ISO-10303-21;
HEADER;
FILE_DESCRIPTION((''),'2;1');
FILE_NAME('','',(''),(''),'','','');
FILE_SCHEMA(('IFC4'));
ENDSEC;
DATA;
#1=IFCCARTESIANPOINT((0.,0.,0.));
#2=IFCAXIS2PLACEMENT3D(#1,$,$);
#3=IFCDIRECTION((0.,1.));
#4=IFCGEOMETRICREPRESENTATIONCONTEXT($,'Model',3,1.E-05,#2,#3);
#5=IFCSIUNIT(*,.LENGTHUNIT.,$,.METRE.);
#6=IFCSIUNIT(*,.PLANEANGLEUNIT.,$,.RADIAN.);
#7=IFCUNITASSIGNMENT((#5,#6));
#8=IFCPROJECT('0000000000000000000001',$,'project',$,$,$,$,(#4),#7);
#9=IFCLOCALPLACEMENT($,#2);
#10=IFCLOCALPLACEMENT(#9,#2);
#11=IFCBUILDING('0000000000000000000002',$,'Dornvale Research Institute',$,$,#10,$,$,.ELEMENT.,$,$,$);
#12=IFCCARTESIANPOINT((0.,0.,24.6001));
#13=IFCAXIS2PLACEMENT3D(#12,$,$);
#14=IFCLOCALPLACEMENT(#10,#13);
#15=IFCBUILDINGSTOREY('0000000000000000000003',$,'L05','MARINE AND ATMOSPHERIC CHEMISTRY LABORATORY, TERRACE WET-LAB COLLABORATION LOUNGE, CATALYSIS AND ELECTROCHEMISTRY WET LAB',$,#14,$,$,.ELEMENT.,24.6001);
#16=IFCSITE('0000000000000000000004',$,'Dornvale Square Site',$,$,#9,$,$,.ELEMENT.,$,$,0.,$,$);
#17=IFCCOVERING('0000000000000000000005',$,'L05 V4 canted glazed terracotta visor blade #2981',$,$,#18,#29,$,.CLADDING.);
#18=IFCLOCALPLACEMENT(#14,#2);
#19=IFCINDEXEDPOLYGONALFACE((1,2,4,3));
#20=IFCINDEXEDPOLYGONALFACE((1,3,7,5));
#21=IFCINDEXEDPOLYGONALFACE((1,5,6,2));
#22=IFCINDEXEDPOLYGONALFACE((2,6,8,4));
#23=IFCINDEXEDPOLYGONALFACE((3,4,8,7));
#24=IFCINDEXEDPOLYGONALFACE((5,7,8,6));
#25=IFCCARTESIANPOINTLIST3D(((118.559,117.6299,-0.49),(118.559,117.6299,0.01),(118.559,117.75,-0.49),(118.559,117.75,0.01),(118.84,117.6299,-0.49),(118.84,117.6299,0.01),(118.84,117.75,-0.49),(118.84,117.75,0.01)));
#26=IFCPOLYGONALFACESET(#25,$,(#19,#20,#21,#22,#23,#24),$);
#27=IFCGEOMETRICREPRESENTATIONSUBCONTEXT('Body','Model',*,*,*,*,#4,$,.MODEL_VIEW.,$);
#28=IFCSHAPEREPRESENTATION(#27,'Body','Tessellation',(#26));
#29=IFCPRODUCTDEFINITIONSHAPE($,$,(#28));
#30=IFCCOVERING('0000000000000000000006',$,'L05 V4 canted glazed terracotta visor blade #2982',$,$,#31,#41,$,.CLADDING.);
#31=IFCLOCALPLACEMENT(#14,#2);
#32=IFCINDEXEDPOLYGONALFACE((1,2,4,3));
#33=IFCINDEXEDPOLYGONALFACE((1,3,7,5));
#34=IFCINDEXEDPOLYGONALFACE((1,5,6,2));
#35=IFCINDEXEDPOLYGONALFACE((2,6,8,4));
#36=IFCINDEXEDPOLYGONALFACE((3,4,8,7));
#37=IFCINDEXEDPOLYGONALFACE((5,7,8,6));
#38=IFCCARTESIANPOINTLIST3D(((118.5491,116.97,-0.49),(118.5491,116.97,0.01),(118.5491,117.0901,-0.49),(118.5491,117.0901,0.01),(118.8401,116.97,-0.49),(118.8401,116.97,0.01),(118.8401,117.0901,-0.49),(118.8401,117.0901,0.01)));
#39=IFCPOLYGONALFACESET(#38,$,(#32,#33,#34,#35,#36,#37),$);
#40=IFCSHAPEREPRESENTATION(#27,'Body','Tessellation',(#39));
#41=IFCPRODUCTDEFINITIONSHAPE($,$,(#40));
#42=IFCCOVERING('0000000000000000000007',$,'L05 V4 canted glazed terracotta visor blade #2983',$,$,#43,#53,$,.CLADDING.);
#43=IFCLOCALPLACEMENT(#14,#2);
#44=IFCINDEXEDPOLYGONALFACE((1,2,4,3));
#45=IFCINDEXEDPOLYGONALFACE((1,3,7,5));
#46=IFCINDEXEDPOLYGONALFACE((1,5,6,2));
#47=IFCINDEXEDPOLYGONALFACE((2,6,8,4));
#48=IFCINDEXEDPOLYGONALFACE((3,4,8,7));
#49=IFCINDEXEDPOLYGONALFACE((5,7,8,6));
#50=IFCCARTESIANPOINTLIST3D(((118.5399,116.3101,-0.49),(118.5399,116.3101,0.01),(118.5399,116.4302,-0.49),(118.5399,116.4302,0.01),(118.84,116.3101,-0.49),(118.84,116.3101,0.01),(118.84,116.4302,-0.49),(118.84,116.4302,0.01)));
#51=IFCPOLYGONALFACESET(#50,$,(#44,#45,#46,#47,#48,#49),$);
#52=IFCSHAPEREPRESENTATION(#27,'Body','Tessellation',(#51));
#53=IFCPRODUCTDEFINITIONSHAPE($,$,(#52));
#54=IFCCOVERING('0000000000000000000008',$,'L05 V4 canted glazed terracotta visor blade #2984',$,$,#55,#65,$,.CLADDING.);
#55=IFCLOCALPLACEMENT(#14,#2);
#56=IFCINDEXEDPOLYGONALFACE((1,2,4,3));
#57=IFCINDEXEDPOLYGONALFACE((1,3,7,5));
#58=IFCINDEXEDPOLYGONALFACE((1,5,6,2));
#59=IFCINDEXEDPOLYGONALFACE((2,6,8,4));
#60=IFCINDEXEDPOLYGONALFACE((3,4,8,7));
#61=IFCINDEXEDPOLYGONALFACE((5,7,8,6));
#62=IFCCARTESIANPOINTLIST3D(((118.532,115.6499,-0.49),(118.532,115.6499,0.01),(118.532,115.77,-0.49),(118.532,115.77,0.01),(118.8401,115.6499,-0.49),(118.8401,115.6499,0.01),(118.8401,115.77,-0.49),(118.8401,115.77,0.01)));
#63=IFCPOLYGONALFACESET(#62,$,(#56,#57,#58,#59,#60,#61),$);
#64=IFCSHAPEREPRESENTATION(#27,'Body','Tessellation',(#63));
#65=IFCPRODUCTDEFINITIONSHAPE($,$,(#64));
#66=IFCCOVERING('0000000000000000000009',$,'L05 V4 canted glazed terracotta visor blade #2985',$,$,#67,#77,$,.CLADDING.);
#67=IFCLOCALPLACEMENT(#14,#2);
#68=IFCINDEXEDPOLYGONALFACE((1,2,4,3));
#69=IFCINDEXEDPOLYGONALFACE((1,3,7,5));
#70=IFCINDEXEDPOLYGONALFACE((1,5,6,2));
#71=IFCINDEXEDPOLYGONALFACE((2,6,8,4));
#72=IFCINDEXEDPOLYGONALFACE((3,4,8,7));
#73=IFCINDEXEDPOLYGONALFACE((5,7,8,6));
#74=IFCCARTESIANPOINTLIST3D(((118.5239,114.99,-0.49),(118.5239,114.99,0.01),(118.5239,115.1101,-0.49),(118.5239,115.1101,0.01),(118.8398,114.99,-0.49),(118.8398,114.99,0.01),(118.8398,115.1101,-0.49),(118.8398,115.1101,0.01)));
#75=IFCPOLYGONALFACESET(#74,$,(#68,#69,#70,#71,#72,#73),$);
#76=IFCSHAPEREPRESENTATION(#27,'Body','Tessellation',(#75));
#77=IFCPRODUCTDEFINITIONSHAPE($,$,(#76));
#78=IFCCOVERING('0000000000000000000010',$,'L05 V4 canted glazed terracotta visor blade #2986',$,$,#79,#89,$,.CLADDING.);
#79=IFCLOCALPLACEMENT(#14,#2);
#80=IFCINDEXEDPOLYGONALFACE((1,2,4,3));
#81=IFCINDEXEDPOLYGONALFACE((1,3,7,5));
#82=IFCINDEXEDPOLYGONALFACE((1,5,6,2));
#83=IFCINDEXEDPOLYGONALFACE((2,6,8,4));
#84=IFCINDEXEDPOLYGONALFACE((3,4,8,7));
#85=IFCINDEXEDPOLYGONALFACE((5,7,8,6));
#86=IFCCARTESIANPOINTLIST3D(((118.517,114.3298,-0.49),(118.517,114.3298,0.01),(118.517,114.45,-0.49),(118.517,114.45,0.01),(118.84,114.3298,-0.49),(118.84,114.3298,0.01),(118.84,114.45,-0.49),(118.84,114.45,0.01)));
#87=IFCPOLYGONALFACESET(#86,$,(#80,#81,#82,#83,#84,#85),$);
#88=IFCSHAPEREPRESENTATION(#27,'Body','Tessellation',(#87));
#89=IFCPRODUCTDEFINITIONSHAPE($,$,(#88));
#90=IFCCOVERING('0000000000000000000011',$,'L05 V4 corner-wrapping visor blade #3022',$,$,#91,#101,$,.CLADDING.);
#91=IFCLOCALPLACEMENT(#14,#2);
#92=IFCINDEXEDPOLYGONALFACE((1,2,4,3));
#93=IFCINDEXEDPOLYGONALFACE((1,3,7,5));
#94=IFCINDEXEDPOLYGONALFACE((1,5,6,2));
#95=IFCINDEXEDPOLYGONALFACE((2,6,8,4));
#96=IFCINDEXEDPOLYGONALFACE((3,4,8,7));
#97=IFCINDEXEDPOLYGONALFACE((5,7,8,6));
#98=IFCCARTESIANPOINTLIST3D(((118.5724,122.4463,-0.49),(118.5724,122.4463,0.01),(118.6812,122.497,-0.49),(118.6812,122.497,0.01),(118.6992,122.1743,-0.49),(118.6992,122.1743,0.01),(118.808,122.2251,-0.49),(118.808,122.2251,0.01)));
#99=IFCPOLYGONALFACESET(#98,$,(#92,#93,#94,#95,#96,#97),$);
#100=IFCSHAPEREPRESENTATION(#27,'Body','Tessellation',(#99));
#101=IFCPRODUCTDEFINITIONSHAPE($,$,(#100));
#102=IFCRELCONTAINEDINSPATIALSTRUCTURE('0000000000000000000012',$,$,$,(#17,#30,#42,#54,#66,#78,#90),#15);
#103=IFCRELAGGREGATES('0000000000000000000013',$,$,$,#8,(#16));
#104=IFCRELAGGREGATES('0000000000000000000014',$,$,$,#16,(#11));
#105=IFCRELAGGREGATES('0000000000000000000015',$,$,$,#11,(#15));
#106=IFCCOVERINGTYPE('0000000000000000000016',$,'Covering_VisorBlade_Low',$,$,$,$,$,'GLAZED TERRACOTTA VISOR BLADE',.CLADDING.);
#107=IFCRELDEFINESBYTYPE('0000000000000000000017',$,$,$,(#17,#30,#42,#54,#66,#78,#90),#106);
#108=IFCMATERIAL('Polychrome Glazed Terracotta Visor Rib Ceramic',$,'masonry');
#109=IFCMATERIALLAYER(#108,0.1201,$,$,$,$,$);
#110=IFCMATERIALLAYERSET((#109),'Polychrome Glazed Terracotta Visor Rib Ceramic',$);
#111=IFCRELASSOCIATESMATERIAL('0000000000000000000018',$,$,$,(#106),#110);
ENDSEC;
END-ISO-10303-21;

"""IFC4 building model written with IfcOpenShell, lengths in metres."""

from ifc_helpers import new_model, si_unit, direction, frame, origin, origin_2d, place, context, subcontext, project, spatial, rectangle, extrude, material, layer, layer_set, type_object, element, save


model = new_model("IFC4")

# Units and contexts
model_context = context("Model", 3, precision=1e-05, world=origin(), true_north=direction((0.0, 1.0)))
body_context = subcontext(model_context, "Body", "Model", "MODEL_VIEW")
ifc_project = project(units=[si_unit("LENGTHUNIT", "METRE"), si_unit("PLANEANGLEUNIT", "RADIAN")], contexts=[model_context])

# Site, building, storey
site_placement = place(None, origin())
site = spatial("IfcSite", under=ifc_project, at=site_placement, Name="Dornvale Square Site", CompositionType="ELEMENT", RefElevation=0.0)
building_placement = place(site_placement, origin())
building = spatial("IfcBuilding", under=site, at=building_placement, Name="Dornvale Research Institute", CompositionType="ELEMENT")
storey_placement = place(building_placement, frame((0.0, 0.0, 24.6001)))
storey = spatial("IfcBuildingStorey", under=building, at=storey_placement, Name="L05", Description="MARINE AND ATMOSPHERIC CHEMISTRY LABORATORY, TERRACE WET-LAB COLLABORATION LOUNGE, CATALYSIS AND ELECTROCHEMISTRY WET LAB", CompositionType="ELEMENT", Elevation=24.6001)

# Coverings
ifc_material_1 = material(Name="Polychrome Glazed Terracotta Visor Rib Ceramic", Category="masonry")
ifc_layer_1 = layer(ifc_material_1, 0.1201)
ifc_layer_set_1 = layer_set([ifc_layer_1], Name="Polychrome Glazed Terracotta Visor Rib Ceramic")
covering_type = type_object("IfcCoveringType", Name="Covering_VisorBlade_Low", ElementType="GLAZED TERRACOTTA VISOR BLADE", PredefinedType="CLADDING", material=ifc_layer_set_1)
covering_1_placement = place(storey_placement, frame((118.6995, 117.6899, -0.49), z_axis=(0.0, 0.0, 1.0), x_axis=(1.0, 0.0, 0.0)))
element("IfcCovering", 1, at=covering_1_placement, inside=storey, type_object=covering_type, Name="L05 V4 canted glazed terracotta visor blade #2981", PredefinedType="CLADDING", context=body_context, shape_type="SweptSolid", body=[
    extrude(rectangle(XDim=0.281, YDim=0.1201, at=origin_2d()), origin(), (0.0, 0.0, 1.0), 0.5),
])
covering_2_placement = place(storey_placement, frame((118.6946, 117.03, -0.49), z_axis=(0.0, 0.0, 1.0), x_axis=(1.0, 0.0, 0.0)))
element("IfcCovering", 2, at=covering_2_placement, inside=storey, type_object=covering_type, Name="L05 V4 canted glazed terracotta visor blade #2982", PredefinedType="CLADDING", context=body_context, shape_type="SweptSolid", body=[
    extrude(rectangle(XDim=0.291, YDim=0.1201, at=origin_2d()), origin(), (0.0, 0.0, 1.0), 0.5),
])
covering_3_placement = place(storey_placement, frame((118.6899, 116.3701, -0.49), z_axis=(0.0, 0.0, 1.0), x_axis=(1.0, 0.0, 0.0)))
element("IfcCovering", 3, at=covering_3_placement, inside=storey, type_object=covering_type, Name="L05 V4 canted glazed terracotta visor blade #2983", PredefinedType="CLADDING", context=body_context, shape_type="SweptSolid", body=[
    extrude(rectangle(XDim=0.3, YDim=0.1201, at=origin_2d()), origin(), (0.0, 0.0, 1.0), 0.5),
])
covering_4_placement = place(storey_placement, frame((118.686, 115.71, -0.49), z_axis=(0.0, 0.0, 1.0), x_axis=(1.0, 0.0, 0.0)))
element("IfcCovering", 4, at=covering_4_placement, inside=storey, type_object=covering_type, Name="L05 V4 canted glazed terracotta visor blade #2984", PredefinedType="CLADDING", context=body_context, shape_type="SweptSolid", body=[
    extrude(rectangle(XDim=0.3081, YDim=0.1201, at=origin_2d()), origin(), (0.0, 0.0, 1.0), 0.5),
])
covering_5_placement = place(storey_placement, frame((118.6819, 115.05, -0.49), z_axis=(0.0, 0.0, 1.0), x_axis=(1.0, 0.0, 0.0)))
element("IfcCovering", 5, at=covering_5_placement, inside=storey, type_object=covering_type, Name="L05 V4 canted glazed terracotta visor blade #2985", PredefinedType="CLADDING", context=body_context, shape_type="SweptSolid", body=[
    extrude(rectangle(XDim=0.3159, YDim=0.1201, at=origin_2d()), origin(), (0.0, 0.0, 1.0), 0.5),
])
covering_6_placement = place(storey_placement, frame((118.6785, 114.3899, -0.49), z_axis=(0.0, 0.0, 1.0), x_axis=(1.0, 0.0, 0.0)))
element("IfcCovering", 6, at=covering_6_placement, inside=storey, type_object=covering_type, Name="L05 V4 canted glazed terracotta visor blade #2986", PredefinedType="CLADDING", context=body_context, shape_type="SweptSolid", body=[
    extrude(rectangle(XDim=0.323, YDim=0.1201, at=origin_2d()), origin(), (0.0, 0.0, 1.0), 0.5),
])
covering_7_placement = place(storey_placement, frame((118.6902, 122.3357, -0.49), z_axis=(0.0, 0.0, 1.0), x_axis=(-0.422618, 0.906308, 0.0)))
element("IfcCovering", 7, at=covering_7_placement, inside=storey, type_object=covering_type, Name="L05 V4 corner-wrapping visor blade #3022", PredefinedType="CLADDING", context=body_context, shape_type="SweptSolid", body=[
    extrude(rectangle(XDim=0.3, YDim=0.1201, at=origin_2d()), origin(), (0.0, 0.0, 1.0), 0.5),
])

save(model, "model.ifc")
